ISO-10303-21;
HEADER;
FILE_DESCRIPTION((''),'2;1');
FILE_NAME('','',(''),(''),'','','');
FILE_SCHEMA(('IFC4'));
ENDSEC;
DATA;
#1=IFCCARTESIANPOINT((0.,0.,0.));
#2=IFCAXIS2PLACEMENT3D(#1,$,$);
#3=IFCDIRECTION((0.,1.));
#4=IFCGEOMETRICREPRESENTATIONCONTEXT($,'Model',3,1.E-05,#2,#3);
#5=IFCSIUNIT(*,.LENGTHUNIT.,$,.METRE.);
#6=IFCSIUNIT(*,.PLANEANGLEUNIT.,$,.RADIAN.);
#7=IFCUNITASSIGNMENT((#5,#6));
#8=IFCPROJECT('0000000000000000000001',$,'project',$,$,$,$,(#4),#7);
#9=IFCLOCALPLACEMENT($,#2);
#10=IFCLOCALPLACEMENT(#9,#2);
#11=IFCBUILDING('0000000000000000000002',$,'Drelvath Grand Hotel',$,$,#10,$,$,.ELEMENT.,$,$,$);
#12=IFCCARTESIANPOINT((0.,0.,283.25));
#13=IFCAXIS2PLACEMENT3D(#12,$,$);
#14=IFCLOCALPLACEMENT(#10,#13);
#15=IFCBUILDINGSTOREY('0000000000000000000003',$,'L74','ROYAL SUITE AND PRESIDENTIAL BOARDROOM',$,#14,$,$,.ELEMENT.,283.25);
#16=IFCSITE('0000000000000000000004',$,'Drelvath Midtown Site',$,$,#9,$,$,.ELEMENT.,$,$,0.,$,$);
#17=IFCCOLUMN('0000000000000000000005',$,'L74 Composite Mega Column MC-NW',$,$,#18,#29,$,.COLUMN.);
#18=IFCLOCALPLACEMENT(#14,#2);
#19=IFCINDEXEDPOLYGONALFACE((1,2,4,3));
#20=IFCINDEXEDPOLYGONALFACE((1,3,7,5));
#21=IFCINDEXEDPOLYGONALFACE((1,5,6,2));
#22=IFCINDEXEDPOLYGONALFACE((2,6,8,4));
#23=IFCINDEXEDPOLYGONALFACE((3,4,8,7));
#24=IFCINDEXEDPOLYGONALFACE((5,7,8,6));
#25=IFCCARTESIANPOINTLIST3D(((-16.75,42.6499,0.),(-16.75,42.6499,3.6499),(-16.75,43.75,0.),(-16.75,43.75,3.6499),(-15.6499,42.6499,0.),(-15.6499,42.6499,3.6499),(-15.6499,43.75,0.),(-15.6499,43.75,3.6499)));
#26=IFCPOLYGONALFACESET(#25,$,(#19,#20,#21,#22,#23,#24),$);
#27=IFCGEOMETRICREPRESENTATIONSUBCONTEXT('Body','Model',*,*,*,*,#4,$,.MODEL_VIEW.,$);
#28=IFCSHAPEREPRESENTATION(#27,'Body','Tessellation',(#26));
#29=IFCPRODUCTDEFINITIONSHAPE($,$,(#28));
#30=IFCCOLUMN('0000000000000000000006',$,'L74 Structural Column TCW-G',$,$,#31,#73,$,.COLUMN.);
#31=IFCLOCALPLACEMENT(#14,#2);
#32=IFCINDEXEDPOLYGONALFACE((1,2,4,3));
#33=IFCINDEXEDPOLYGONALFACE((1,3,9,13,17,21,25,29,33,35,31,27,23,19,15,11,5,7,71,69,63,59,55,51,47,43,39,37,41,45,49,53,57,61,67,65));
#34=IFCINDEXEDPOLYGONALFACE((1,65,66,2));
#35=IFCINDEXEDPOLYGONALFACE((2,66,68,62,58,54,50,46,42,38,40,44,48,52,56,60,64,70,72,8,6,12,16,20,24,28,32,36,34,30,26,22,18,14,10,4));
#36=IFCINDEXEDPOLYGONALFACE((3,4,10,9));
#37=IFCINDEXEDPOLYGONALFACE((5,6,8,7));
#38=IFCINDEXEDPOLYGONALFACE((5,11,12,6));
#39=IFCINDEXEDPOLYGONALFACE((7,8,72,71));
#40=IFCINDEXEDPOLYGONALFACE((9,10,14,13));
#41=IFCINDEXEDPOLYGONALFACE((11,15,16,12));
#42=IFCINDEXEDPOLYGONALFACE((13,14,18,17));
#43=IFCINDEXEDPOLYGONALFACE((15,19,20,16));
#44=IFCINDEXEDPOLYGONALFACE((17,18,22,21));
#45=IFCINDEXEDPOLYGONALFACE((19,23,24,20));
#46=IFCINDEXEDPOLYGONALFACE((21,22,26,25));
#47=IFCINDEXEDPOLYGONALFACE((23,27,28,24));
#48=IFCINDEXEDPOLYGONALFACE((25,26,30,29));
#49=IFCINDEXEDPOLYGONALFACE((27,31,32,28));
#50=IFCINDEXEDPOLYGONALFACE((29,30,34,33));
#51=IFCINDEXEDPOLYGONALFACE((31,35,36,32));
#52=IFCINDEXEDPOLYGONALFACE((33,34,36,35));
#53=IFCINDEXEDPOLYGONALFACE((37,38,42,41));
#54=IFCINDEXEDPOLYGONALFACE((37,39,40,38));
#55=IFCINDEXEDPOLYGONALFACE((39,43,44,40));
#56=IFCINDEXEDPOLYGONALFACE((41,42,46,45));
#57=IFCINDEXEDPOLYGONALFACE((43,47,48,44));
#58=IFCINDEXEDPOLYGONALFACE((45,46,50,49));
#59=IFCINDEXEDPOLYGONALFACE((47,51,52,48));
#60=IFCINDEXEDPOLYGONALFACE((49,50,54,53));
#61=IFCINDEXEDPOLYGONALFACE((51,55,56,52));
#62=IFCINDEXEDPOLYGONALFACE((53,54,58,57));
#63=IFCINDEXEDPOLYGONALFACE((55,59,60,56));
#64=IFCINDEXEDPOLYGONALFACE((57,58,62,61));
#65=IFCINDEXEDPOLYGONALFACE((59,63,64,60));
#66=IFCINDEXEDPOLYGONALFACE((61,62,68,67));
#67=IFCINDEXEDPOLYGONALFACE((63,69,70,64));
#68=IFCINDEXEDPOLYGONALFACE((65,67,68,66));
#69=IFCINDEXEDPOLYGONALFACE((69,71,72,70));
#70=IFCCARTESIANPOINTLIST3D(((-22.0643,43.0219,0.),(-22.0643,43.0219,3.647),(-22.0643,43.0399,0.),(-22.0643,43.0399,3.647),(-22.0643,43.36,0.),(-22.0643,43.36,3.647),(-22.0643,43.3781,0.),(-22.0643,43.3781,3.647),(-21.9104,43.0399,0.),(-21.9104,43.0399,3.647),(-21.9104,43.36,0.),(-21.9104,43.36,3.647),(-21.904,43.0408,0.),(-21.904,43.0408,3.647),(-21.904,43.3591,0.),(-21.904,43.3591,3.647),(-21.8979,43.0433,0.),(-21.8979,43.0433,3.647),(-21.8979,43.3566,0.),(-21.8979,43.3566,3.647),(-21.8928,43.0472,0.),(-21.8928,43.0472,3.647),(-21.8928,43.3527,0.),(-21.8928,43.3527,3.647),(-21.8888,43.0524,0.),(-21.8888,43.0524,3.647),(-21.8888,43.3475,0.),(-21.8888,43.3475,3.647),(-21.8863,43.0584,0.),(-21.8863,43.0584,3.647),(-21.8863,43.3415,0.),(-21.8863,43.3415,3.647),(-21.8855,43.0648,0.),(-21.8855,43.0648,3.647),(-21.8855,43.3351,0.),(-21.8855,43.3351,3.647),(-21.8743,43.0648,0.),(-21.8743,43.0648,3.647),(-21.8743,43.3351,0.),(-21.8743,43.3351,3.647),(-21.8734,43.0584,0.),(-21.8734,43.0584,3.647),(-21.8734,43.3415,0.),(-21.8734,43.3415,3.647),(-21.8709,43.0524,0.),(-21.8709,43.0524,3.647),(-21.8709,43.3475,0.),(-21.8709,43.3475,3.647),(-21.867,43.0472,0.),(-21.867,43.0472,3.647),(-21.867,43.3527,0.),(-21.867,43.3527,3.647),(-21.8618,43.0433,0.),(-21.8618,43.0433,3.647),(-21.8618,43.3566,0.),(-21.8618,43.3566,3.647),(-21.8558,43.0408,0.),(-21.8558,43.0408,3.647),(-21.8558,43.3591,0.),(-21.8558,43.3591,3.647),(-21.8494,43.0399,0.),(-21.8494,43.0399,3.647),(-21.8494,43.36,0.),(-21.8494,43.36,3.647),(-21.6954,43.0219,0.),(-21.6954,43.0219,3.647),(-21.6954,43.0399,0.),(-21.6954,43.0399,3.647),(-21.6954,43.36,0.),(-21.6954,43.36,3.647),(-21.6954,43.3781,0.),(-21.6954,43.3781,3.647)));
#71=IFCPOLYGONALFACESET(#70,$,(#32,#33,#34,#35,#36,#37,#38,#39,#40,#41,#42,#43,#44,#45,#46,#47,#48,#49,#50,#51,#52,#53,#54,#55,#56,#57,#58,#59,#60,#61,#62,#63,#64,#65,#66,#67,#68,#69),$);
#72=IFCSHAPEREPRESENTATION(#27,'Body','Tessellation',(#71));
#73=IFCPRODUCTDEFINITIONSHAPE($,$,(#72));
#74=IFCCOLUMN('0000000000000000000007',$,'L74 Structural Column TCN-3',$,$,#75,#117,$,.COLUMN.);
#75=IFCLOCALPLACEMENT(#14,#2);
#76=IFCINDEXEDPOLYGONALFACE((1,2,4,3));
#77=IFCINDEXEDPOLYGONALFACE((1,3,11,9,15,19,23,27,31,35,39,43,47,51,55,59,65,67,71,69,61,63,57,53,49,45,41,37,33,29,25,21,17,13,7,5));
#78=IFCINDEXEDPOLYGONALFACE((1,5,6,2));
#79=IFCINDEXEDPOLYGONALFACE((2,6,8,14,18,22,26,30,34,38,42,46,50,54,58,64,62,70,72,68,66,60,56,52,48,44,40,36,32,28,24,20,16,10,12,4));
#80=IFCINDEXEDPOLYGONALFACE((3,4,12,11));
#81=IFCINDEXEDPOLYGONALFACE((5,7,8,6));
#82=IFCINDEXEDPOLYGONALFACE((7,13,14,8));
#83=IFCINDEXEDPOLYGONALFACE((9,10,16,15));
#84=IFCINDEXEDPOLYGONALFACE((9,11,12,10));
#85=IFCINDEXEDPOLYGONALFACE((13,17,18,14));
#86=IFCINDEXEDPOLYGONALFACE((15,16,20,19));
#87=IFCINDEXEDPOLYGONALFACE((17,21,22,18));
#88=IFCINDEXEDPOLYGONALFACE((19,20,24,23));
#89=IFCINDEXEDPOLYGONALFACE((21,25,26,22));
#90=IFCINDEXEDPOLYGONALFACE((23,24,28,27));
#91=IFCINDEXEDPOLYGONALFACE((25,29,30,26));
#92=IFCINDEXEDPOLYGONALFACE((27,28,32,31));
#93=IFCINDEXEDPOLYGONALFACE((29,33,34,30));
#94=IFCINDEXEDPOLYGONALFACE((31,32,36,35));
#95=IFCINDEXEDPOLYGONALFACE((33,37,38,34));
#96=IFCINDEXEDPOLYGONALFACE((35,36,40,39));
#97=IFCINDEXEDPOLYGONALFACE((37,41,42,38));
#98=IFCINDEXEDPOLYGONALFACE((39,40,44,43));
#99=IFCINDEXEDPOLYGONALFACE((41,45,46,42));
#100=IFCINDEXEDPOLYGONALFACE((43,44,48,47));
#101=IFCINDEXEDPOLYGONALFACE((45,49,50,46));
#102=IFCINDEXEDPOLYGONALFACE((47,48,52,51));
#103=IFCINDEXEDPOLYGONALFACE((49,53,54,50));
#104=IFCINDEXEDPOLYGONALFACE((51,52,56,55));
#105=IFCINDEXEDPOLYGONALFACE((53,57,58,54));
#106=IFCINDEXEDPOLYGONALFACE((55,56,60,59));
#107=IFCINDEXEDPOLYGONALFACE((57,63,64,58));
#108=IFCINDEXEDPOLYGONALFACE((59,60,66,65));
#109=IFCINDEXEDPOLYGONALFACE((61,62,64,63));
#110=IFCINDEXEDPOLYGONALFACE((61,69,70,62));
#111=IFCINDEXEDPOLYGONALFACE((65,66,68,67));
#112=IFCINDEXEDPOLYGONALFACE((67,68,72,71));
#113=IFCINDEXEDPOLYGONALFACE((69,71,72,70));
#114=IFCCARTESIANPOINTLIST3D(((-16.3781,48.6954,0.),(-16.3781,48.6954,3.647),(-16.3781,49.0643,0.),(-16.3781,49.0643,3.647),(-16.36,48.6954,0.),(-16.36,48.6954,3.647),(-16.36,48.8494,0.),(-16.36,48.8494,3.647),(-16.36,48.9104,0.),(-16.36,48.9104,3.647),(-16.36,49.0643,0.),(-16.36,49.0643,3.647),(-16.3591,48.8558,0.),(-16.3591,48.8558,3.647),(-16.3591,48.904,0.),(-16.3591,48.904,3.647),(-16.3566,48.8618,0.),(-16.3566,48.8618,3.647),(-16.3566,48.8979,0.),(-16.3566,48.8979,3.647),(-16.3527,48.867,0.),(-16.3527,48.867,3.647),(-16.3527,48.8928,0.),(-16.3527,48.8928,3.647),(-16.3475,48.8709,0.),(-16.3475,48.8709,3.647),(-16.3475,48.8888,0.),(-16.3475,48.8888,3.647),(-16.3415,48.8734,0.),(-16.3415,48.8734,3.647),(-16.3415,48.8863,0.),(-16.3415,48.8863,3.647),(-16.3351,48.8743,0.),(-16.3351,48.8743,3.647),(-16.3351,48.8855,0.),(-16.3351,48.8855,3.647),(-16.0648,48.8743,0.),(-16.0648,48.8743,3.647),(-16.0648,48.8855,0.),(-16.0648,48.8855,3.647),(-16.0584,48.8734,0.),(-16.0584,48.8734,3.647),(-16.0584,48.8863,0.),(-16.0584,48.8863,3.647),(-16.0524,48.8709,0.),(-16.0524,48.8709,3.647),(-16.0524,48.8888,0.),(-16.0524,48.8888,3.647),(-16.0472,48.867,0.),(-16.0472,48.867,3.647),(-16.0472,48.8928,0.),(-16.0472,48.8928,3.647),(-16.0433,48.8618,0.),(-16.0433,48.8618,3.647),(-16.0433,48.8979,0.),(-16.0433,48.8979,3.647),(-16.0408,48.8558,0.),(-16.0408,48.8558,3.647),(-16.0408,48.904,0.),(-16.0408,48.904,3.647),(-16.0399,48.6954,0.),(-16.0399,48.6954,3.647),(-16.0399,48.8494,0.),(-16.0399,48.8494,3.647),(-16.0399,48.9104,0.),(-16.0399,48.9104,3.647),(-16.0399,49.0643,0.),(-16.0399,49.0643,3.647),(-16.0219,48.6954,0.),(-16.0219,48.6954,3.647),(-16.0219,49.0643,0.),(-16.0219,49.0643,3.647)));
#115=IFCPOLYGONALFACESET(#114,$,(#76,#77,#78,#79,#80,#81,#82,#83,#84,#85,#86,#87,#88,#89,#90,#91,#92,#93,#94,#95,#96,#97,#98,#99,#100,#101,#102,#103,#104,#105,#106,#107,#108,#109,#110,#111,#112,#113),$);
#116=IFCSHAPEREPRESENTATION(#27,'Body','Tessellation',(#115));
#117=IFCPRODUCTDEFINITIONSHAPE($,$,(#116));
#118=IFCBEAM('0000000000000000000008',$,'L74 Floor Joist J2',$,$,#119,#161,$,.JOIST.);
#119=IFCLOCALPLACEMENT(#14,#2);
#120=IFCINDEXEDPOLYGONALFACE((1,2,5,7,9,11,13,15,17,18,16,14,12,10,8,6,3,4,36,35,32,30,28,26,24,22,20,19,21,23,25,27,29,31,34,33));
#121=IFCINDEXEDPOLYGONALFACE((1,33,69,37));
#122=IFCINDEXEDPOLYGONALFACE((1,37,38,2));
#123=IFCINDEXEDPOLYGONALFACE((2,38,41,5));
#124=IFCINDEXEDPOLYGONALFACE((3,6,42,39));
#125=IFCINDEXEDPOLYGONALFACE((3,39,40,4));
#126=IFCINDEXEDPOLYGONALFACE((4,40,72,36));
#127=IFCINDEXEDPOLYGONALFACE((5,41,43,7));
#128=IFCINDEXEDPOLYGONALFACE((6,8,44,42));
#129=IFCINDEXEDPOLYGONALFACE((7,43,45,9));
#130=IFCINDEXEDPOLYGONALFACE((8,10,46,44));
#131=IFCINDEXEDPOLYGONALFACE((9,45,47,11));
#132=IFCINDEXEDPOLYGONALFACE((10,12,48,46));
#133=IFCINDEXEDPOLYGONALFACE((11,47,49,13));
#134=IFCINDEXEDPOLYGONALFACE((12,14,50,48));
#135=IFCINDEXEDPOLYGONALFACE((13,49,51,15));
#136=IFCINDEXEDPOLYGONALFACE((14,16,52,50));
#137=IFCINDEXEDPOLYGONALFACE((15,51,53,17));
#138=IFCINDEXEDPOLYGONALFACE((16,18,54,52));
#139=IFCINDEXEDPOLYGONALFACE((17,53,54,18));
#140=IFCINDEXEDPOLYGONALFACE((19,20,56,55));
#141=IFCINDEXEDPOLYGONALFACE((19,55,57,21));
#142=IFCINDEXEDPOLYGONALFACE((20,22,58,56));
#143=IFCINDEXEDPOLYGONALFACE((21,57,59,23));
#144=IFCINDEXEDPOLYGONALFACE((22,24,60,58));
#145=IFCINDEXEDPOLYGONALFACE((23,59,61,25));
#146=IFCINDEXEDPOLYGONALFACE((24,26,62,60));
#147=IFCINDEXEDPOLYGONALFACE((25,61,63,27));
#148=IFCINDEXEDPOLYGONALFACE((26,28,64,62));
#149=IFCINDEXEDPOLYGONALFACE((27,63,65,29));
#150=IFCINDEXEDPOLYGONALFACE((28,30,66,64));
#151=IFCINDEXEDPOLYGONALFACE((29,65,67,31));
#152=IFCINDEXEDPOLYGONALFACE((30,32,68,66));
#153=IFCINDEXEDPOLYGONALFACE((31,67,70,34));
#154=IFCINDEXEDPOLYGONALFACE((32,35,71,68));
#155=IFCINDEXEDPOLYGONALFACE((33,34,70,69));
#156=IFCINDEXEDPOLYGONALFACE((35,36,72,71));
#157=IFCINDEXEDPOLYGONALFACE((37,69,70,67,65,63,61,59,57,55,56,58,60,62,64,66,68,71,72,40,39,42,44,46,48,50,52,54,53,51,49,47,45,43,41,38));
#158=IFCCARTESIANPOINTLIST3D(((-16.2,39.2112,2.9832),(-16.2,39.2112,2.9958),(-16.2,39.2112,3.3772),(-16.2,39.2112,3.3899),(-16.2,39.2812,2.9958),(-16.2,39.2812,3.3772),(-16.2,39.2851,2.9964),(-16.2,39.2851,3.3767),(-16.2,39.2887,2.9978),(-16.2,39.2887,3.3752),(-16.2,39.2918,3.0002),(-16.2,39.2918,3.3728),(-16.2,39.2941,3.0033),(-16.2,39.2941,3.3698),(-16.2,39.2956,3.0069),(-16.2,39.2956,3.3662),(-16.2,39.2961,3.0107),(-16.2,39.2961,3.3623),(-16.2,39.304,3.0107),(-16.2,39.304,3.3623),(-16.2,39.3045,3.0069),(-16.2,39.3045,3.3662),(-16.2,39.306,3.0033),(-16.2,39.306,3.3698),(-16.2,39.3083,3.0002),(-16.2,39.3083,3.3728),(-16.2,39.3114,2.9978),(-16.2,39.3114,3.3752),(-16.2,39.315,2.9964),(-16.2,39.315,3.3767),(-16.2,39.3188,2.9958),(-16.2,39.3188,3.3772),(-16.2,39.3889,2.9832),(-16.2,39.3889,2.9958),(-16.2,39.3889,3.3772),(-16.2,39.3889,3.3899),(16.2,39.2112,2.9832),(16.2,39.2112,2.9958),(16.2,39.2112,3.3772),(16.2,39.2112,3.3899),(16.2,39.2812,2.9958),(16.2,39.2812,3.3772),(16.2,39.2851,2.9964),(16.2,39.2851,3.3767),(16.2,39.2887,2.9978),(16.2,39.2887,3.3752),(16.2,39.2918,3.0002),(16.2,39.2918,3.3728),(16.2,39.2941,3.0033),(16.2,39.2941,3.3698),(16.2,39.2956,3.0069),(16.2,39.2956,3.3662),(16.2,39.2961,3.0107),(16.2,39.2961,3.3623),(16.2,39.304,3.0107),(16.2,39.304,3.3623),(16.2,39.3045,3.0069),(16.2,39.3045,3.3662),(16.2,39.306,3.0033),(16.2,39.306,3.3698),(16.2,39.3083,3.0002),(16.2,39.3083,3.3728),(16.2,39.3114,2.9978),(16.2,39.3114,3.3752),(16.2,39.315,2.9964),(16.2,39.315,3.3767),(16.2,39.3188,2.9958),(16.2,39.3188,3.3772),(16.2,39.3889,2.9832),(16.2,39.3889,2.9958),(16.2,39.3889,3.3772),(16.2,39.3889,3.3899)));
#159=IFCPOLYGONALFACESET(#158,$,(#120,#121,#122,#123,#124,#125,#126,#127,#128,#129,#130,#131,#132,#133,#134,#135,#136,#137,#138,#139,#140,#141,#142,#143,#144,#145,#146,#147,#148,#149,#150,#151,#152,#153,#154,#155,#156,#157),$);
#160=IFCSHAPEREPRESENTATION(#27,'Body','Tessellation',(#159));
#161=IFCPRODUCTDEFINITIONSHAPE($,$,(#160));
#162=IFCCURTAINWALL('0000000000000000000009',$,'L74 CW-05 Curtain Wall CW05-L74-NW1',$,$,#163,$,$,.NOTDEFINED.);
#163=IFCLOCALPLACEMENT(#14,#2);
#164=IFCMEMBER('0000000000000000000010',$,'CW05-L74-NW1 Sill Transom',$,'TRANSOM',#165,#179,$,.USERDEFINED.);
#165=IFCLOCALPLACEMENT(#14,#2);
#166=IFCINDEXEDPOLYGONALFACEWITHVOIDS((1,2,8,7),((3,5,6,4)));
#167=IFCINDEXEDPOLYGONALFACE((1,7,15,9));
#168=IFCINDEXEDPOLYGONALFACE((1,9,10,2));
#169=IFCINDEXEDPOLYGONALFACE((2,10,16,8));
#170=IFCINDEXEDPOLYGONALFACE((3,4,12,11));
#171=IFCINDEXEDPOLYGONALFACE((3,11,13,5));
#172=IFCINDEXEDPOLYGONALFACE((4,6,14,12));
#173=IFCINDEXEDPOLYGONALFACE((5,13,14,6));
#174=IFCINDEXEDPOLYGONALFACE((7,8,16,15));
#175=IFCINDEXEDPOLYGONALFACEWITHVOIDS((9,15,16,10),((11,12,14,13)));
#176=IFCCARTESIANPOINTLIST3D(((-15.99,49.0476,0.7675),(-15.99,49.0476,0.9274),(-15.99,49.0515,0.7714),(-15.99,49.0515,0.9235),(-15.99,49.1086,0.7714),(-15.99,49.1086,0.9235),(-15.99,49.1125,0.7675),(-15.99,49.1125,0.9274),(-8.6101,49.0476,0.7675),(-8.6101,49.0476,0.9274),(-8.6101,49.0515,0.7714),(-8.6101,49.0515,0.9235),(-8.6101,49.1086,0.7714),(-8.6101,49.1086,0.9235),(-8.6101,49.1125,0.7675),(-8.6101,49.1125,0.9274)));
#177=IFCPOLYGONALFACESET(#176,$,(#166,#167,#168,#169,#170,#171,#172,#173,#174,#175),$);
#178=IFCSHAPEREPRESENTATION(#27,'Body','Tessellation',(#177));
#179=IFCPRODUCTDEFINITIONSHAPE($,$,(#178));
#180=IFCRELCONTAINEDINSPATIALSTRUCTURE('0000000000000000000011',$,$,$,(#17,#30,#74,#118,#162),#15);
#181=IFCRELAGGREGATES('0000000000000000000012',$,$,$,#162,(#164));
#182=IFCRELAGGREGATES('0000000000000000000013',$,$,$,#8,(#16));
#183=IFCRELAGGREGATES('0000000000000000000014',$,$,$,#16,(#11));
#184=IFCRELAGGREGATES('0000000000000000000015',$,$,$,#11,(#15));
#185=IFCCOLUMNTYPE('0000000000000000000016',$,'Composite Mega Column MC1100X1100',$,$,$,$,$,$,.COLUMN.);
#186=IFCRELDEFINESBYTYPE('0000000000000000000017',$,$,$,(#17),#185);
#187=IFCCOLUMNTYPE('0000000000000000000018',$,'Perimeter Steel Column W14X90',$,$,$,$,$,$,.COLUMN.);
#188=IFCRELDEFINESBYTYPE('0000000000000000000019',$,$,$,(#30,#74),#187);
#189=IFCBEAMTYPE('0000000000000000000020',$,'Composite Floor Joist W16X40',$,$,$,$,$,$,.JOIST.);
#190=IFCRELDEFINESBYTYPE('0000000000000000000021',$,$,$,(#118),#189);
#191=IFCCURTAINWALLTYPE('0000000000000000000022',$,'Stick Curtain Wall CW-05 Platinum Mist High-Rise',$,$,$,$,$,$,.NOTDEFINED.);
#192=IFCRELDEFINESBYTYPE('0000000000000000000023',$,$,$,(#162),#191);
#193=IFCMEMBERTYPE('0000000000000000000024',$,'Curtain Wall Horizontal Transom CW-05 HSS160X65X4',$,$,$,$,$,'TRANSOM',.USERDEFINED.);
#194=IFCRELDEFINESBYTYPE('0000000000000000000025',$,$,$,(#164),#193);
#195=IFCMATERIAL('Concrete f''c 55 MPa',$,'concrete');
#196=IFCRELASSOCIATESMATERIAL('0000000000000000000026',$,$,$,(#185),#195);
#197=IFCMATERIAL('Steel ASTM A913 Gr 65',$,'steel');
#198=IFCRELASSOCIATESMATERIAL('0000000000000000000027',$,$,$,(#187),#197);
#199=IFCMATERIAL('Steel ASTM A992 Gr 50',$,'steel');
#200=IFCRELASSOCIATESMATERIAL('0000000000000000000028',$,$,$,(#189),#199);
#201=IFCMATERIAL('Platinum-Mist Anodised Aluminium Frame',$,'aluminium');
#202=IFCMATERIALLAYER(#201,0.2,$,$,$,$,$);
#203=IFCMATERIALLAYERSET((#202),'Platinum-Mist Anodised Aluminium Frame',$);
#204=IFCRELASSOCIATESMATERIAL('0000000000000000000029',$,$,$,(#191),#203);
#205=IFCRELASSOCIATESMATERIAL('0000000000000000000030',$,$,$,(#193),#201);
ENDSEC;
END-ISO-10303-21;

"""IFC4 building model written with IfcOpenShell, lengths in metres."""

from ifc_helpers import new_model, si_unit, direction, frame, origin, origin_2d, place, context, subcontext, project, spatial, rectangle, hollow_rectangle, i_section, extrude, material, layer, layer_set, material_profile, profile_set, type_object, element, aggregate, save


model = new_model("IFC4")

# Units and contexts
model_context = context("Model", 3, precision=1e-05, world=origin(), true_north=direction((0.0, 1.0)))
body_context = subcontext(model_context, "Body", "Model", "MODEL_VIEW")
ifc_project = project(units=[si_unit("LENGTHUNIT", "METRE"), si_unit("PLANEANGLEUNIT", "RADIAN")], contexts=[model_context])

# Site, building, storey
site_placement = place(None, origin())
site = spatial("IfcSite", under=ifc_project, at=site_placement, Name="Drelvath Midtown Site", CompositionType="ELEMENT", RefElevation=0.0)
building_placement = place(site_placement, origin())
building = spatial("IfcBuilding", under=site, at=building_placement, Name="Drelvath Grand Hotel", CompositionType="ELEMENT")
storey_placement = place(building_placement, frame((0.0, 0.0, 283.25)))
storey = spatial("IfcBuildingStorey", under=building, at=storey_placement, Name="L74", Description="ROYAL SUITE AND PRESIDENTIAL BOARDROOM", CompositionType="ELEMENT", Elevation=283.25)

# Columns
ifc_material_1 = material(Name="Concrete f'c 55 MPa", Category="concrete")
ifc_material_profile_1 = material_profile(ifc_material_1, rectangle(XDim=1.1001, YDim=1.1001, at=origin_2d()), Name="MC1100X1100")
ifc_profile_set_1 = profile_set([ifc_material_profile_1], Name="Concrete f'c 55 MPa")
column_type_1 = type_object("IfcColumnType", Name="Composite Mega Column MC1100X1100", PredefinedType="COLUMN", material=ifc_profile_set_1)
column_placement = place(storey_placement, frame((-16.2, 43.2, 0.0), z_axis=(0.0, 0.0, 1.0), x_axis=(1.0, 0.0, 0.0)))
element("IfcColumn", 1, at=column_placement, inside=storey, type_object=column_type_1, Name="L74 Composite Mega Column MC-NW", PredefinedType="COLUMN", context=body_context, shape_type="SweptSolid", body=[
    extrude(rectangle(XDim=1.1001, YDim=1.1001, at=origin_2d()), origin(), (0.0, 0.0, 1.0), 3.6499),
])
ifc_material_2 = material(Name="Steel ASTM A913 Gr 65", Category="steel")
ifc_material_profile_2 = material_profile(ifc_material_2, i_section(OverallWidth=0.3689, OverallDepth=0.3562, WebThickness=0.0112, FlangeThickness=0.0181, FilletRadius=0.0249, at=origin_2d()), Name="W14X90")
ifc_profile_set_2 = profile_set([ifc_material_profile_2], Name="Steel ASTM A913 Gr 65")
column_type_2 = type_object("IfcColumnType", Name="Perimeter Steel Column W14X90", PredefinedType="COLUMN", material=ifc_profile_set_2)
for number, where, z_axis, x_axis, name in (
    (2, (-21.8799, 43.2, 0.0), (0.0, 0.0, 1.0), (1.0, 0.0, 0.0), "L74 Structural Column TCW-G"),
    (3, (-16.2, 48.8799, 0.0), (0.0, 0.0, 1.0), (0.0, 1.0, 0.0), "L74 Structural Column TCN-3"),
):
    element("IfcColumn", number, at=place(storey_placement, frame(where, z_axis=z_axis, x_axis=x_axis)), inside=storey, type_object=column_type_2, Name=name, PredefinedType="COLUMN", context=body_context, shape_type="SweptSolid", body=[
        extrude(i_section(OverallWidth=0.3689, OverallDepth=0.3562, WebThickness=0.0112, FlangeThickness=0.0181, FilletRadius=0.0249, at=origin_2d()), origin(), (0.0, 0.0, 1.0), 3.647),
    ])

# Beam
ifc_material_3 = material(Name="Steel ASTM A992 Gr 50", Category="steel")
ifc_material_profile_3 = material_profile(ifc_material_3, i_section(OverallWidth=0.1777, OverallDepth=0.4067, WebThickness=0.0078, FlangeThickness=0.0127, FilletRadius=0.0149, at=origin_2d()), Name="W16X40")
ifc_profile_set_3 = profile_set([ifc_material_profile_3], Name="Steel ASTM A992 Gr 50")
beam_type_1 = type_object("IfcBeamType", Name="Composite Floor Joist W16X40", PredefinedType="JOIST", material=ifc_profile_set_3)
beam_1_placement = place(storey_placement, frame((-16.2, 39.3, 3.1865), z_axis=(1.0, 0.0, 0.0), x_axis=(0.0, 1.0, 0.0)))
element("IfcBeam", 4, at=beam_1_placement, inside=storey, type_object=beam_type_1, Name="L74 Floor Joist J2", PredefinedType="JOIST", context=body_context, shape_type="SweptSolid", body=[
    extrude(i_section(OverallWidth=0.1777, OverallDepth=0.4067, WebThickness=0.0078, FlangeThickness=0.0127, FilletRadius=0.0149, at=origin_2d()), origin(), (0.0, 0.0, 1.0), 32.3999),
])

# Curtain wall, member
ifc_material_4 = material(Name="Platinum-Mist Anodised Aluminium Frame", Category="aluminium")
ifc_layer_1 = layer(ifc_material_4, 0.2)
ifc_layer_set_1 = layer_set([ifc_layer_1], Name="Platinum-Mist Anodised Aluminium Frame")
curtain_wall_type = type_object("IfcCurtainWallType", Name="Stick Curtain Wall CW-05 Platinum Mist High-Rise", PredefinedType="NOTDEFINED", material=ifc_layer_set_1)
curtain_wall_placement = place(storey_placement, origin())
curtain_wall = element("IfcCurtainWall", 5, at=curtain_wall_placement, inside=storey, type_object=curtain_wall_type, Name="L74 CW-05 Curtain Wall CW05-L74-NW1", PredefinedType="NOTDEFINED")
ifc_material_profile_4 = material_profile(ifc_material_4, hollow_rectangle(XDim=0.0649, YDim=0.1599, WallThickness=0.0039, at=origin_2d()), Name="HSS160X65X4")
ifc_profile_set_4 = profile_set([ifc_material_profile_4], Name="Platinum-Mist Anodised Aluminium Frame")
member_type_1 = type_object("IfcMemberType", Name="Curtain Wall Horizontal Transom CW-05 HSS160X65X4", ElementType="TRANSOM", PredefinedType="USERDEFINED", material=ifc_profile_set_4)
member_1_placement = place(storey_placement, frame((-15.99, 49.0801, 0.8474), z_axis=(1.0, 0.0, 0.0), x_axis=(0.0, 1.0, 0.0)))
member_1 = element("IfcMember", 6, at=member_1_placement, type_object=member_type_1, Name="CW05-L74-NW1 Sill Transom", ObjectType="TRANSOM", PredefinedType="USERDEFINED", context=body_context, shape_type="SweptSolid", body=[
    extrude(hollow_rectangle(XDim=0.0649, YDim=0.1599, WallThickness=0.0039, at=origin_2d()), origin(), (0.0, 0.0, 1.0), 7.3799),
])
aggregate(curtain_wall, [member_1])

save(model, "model.ifc")
